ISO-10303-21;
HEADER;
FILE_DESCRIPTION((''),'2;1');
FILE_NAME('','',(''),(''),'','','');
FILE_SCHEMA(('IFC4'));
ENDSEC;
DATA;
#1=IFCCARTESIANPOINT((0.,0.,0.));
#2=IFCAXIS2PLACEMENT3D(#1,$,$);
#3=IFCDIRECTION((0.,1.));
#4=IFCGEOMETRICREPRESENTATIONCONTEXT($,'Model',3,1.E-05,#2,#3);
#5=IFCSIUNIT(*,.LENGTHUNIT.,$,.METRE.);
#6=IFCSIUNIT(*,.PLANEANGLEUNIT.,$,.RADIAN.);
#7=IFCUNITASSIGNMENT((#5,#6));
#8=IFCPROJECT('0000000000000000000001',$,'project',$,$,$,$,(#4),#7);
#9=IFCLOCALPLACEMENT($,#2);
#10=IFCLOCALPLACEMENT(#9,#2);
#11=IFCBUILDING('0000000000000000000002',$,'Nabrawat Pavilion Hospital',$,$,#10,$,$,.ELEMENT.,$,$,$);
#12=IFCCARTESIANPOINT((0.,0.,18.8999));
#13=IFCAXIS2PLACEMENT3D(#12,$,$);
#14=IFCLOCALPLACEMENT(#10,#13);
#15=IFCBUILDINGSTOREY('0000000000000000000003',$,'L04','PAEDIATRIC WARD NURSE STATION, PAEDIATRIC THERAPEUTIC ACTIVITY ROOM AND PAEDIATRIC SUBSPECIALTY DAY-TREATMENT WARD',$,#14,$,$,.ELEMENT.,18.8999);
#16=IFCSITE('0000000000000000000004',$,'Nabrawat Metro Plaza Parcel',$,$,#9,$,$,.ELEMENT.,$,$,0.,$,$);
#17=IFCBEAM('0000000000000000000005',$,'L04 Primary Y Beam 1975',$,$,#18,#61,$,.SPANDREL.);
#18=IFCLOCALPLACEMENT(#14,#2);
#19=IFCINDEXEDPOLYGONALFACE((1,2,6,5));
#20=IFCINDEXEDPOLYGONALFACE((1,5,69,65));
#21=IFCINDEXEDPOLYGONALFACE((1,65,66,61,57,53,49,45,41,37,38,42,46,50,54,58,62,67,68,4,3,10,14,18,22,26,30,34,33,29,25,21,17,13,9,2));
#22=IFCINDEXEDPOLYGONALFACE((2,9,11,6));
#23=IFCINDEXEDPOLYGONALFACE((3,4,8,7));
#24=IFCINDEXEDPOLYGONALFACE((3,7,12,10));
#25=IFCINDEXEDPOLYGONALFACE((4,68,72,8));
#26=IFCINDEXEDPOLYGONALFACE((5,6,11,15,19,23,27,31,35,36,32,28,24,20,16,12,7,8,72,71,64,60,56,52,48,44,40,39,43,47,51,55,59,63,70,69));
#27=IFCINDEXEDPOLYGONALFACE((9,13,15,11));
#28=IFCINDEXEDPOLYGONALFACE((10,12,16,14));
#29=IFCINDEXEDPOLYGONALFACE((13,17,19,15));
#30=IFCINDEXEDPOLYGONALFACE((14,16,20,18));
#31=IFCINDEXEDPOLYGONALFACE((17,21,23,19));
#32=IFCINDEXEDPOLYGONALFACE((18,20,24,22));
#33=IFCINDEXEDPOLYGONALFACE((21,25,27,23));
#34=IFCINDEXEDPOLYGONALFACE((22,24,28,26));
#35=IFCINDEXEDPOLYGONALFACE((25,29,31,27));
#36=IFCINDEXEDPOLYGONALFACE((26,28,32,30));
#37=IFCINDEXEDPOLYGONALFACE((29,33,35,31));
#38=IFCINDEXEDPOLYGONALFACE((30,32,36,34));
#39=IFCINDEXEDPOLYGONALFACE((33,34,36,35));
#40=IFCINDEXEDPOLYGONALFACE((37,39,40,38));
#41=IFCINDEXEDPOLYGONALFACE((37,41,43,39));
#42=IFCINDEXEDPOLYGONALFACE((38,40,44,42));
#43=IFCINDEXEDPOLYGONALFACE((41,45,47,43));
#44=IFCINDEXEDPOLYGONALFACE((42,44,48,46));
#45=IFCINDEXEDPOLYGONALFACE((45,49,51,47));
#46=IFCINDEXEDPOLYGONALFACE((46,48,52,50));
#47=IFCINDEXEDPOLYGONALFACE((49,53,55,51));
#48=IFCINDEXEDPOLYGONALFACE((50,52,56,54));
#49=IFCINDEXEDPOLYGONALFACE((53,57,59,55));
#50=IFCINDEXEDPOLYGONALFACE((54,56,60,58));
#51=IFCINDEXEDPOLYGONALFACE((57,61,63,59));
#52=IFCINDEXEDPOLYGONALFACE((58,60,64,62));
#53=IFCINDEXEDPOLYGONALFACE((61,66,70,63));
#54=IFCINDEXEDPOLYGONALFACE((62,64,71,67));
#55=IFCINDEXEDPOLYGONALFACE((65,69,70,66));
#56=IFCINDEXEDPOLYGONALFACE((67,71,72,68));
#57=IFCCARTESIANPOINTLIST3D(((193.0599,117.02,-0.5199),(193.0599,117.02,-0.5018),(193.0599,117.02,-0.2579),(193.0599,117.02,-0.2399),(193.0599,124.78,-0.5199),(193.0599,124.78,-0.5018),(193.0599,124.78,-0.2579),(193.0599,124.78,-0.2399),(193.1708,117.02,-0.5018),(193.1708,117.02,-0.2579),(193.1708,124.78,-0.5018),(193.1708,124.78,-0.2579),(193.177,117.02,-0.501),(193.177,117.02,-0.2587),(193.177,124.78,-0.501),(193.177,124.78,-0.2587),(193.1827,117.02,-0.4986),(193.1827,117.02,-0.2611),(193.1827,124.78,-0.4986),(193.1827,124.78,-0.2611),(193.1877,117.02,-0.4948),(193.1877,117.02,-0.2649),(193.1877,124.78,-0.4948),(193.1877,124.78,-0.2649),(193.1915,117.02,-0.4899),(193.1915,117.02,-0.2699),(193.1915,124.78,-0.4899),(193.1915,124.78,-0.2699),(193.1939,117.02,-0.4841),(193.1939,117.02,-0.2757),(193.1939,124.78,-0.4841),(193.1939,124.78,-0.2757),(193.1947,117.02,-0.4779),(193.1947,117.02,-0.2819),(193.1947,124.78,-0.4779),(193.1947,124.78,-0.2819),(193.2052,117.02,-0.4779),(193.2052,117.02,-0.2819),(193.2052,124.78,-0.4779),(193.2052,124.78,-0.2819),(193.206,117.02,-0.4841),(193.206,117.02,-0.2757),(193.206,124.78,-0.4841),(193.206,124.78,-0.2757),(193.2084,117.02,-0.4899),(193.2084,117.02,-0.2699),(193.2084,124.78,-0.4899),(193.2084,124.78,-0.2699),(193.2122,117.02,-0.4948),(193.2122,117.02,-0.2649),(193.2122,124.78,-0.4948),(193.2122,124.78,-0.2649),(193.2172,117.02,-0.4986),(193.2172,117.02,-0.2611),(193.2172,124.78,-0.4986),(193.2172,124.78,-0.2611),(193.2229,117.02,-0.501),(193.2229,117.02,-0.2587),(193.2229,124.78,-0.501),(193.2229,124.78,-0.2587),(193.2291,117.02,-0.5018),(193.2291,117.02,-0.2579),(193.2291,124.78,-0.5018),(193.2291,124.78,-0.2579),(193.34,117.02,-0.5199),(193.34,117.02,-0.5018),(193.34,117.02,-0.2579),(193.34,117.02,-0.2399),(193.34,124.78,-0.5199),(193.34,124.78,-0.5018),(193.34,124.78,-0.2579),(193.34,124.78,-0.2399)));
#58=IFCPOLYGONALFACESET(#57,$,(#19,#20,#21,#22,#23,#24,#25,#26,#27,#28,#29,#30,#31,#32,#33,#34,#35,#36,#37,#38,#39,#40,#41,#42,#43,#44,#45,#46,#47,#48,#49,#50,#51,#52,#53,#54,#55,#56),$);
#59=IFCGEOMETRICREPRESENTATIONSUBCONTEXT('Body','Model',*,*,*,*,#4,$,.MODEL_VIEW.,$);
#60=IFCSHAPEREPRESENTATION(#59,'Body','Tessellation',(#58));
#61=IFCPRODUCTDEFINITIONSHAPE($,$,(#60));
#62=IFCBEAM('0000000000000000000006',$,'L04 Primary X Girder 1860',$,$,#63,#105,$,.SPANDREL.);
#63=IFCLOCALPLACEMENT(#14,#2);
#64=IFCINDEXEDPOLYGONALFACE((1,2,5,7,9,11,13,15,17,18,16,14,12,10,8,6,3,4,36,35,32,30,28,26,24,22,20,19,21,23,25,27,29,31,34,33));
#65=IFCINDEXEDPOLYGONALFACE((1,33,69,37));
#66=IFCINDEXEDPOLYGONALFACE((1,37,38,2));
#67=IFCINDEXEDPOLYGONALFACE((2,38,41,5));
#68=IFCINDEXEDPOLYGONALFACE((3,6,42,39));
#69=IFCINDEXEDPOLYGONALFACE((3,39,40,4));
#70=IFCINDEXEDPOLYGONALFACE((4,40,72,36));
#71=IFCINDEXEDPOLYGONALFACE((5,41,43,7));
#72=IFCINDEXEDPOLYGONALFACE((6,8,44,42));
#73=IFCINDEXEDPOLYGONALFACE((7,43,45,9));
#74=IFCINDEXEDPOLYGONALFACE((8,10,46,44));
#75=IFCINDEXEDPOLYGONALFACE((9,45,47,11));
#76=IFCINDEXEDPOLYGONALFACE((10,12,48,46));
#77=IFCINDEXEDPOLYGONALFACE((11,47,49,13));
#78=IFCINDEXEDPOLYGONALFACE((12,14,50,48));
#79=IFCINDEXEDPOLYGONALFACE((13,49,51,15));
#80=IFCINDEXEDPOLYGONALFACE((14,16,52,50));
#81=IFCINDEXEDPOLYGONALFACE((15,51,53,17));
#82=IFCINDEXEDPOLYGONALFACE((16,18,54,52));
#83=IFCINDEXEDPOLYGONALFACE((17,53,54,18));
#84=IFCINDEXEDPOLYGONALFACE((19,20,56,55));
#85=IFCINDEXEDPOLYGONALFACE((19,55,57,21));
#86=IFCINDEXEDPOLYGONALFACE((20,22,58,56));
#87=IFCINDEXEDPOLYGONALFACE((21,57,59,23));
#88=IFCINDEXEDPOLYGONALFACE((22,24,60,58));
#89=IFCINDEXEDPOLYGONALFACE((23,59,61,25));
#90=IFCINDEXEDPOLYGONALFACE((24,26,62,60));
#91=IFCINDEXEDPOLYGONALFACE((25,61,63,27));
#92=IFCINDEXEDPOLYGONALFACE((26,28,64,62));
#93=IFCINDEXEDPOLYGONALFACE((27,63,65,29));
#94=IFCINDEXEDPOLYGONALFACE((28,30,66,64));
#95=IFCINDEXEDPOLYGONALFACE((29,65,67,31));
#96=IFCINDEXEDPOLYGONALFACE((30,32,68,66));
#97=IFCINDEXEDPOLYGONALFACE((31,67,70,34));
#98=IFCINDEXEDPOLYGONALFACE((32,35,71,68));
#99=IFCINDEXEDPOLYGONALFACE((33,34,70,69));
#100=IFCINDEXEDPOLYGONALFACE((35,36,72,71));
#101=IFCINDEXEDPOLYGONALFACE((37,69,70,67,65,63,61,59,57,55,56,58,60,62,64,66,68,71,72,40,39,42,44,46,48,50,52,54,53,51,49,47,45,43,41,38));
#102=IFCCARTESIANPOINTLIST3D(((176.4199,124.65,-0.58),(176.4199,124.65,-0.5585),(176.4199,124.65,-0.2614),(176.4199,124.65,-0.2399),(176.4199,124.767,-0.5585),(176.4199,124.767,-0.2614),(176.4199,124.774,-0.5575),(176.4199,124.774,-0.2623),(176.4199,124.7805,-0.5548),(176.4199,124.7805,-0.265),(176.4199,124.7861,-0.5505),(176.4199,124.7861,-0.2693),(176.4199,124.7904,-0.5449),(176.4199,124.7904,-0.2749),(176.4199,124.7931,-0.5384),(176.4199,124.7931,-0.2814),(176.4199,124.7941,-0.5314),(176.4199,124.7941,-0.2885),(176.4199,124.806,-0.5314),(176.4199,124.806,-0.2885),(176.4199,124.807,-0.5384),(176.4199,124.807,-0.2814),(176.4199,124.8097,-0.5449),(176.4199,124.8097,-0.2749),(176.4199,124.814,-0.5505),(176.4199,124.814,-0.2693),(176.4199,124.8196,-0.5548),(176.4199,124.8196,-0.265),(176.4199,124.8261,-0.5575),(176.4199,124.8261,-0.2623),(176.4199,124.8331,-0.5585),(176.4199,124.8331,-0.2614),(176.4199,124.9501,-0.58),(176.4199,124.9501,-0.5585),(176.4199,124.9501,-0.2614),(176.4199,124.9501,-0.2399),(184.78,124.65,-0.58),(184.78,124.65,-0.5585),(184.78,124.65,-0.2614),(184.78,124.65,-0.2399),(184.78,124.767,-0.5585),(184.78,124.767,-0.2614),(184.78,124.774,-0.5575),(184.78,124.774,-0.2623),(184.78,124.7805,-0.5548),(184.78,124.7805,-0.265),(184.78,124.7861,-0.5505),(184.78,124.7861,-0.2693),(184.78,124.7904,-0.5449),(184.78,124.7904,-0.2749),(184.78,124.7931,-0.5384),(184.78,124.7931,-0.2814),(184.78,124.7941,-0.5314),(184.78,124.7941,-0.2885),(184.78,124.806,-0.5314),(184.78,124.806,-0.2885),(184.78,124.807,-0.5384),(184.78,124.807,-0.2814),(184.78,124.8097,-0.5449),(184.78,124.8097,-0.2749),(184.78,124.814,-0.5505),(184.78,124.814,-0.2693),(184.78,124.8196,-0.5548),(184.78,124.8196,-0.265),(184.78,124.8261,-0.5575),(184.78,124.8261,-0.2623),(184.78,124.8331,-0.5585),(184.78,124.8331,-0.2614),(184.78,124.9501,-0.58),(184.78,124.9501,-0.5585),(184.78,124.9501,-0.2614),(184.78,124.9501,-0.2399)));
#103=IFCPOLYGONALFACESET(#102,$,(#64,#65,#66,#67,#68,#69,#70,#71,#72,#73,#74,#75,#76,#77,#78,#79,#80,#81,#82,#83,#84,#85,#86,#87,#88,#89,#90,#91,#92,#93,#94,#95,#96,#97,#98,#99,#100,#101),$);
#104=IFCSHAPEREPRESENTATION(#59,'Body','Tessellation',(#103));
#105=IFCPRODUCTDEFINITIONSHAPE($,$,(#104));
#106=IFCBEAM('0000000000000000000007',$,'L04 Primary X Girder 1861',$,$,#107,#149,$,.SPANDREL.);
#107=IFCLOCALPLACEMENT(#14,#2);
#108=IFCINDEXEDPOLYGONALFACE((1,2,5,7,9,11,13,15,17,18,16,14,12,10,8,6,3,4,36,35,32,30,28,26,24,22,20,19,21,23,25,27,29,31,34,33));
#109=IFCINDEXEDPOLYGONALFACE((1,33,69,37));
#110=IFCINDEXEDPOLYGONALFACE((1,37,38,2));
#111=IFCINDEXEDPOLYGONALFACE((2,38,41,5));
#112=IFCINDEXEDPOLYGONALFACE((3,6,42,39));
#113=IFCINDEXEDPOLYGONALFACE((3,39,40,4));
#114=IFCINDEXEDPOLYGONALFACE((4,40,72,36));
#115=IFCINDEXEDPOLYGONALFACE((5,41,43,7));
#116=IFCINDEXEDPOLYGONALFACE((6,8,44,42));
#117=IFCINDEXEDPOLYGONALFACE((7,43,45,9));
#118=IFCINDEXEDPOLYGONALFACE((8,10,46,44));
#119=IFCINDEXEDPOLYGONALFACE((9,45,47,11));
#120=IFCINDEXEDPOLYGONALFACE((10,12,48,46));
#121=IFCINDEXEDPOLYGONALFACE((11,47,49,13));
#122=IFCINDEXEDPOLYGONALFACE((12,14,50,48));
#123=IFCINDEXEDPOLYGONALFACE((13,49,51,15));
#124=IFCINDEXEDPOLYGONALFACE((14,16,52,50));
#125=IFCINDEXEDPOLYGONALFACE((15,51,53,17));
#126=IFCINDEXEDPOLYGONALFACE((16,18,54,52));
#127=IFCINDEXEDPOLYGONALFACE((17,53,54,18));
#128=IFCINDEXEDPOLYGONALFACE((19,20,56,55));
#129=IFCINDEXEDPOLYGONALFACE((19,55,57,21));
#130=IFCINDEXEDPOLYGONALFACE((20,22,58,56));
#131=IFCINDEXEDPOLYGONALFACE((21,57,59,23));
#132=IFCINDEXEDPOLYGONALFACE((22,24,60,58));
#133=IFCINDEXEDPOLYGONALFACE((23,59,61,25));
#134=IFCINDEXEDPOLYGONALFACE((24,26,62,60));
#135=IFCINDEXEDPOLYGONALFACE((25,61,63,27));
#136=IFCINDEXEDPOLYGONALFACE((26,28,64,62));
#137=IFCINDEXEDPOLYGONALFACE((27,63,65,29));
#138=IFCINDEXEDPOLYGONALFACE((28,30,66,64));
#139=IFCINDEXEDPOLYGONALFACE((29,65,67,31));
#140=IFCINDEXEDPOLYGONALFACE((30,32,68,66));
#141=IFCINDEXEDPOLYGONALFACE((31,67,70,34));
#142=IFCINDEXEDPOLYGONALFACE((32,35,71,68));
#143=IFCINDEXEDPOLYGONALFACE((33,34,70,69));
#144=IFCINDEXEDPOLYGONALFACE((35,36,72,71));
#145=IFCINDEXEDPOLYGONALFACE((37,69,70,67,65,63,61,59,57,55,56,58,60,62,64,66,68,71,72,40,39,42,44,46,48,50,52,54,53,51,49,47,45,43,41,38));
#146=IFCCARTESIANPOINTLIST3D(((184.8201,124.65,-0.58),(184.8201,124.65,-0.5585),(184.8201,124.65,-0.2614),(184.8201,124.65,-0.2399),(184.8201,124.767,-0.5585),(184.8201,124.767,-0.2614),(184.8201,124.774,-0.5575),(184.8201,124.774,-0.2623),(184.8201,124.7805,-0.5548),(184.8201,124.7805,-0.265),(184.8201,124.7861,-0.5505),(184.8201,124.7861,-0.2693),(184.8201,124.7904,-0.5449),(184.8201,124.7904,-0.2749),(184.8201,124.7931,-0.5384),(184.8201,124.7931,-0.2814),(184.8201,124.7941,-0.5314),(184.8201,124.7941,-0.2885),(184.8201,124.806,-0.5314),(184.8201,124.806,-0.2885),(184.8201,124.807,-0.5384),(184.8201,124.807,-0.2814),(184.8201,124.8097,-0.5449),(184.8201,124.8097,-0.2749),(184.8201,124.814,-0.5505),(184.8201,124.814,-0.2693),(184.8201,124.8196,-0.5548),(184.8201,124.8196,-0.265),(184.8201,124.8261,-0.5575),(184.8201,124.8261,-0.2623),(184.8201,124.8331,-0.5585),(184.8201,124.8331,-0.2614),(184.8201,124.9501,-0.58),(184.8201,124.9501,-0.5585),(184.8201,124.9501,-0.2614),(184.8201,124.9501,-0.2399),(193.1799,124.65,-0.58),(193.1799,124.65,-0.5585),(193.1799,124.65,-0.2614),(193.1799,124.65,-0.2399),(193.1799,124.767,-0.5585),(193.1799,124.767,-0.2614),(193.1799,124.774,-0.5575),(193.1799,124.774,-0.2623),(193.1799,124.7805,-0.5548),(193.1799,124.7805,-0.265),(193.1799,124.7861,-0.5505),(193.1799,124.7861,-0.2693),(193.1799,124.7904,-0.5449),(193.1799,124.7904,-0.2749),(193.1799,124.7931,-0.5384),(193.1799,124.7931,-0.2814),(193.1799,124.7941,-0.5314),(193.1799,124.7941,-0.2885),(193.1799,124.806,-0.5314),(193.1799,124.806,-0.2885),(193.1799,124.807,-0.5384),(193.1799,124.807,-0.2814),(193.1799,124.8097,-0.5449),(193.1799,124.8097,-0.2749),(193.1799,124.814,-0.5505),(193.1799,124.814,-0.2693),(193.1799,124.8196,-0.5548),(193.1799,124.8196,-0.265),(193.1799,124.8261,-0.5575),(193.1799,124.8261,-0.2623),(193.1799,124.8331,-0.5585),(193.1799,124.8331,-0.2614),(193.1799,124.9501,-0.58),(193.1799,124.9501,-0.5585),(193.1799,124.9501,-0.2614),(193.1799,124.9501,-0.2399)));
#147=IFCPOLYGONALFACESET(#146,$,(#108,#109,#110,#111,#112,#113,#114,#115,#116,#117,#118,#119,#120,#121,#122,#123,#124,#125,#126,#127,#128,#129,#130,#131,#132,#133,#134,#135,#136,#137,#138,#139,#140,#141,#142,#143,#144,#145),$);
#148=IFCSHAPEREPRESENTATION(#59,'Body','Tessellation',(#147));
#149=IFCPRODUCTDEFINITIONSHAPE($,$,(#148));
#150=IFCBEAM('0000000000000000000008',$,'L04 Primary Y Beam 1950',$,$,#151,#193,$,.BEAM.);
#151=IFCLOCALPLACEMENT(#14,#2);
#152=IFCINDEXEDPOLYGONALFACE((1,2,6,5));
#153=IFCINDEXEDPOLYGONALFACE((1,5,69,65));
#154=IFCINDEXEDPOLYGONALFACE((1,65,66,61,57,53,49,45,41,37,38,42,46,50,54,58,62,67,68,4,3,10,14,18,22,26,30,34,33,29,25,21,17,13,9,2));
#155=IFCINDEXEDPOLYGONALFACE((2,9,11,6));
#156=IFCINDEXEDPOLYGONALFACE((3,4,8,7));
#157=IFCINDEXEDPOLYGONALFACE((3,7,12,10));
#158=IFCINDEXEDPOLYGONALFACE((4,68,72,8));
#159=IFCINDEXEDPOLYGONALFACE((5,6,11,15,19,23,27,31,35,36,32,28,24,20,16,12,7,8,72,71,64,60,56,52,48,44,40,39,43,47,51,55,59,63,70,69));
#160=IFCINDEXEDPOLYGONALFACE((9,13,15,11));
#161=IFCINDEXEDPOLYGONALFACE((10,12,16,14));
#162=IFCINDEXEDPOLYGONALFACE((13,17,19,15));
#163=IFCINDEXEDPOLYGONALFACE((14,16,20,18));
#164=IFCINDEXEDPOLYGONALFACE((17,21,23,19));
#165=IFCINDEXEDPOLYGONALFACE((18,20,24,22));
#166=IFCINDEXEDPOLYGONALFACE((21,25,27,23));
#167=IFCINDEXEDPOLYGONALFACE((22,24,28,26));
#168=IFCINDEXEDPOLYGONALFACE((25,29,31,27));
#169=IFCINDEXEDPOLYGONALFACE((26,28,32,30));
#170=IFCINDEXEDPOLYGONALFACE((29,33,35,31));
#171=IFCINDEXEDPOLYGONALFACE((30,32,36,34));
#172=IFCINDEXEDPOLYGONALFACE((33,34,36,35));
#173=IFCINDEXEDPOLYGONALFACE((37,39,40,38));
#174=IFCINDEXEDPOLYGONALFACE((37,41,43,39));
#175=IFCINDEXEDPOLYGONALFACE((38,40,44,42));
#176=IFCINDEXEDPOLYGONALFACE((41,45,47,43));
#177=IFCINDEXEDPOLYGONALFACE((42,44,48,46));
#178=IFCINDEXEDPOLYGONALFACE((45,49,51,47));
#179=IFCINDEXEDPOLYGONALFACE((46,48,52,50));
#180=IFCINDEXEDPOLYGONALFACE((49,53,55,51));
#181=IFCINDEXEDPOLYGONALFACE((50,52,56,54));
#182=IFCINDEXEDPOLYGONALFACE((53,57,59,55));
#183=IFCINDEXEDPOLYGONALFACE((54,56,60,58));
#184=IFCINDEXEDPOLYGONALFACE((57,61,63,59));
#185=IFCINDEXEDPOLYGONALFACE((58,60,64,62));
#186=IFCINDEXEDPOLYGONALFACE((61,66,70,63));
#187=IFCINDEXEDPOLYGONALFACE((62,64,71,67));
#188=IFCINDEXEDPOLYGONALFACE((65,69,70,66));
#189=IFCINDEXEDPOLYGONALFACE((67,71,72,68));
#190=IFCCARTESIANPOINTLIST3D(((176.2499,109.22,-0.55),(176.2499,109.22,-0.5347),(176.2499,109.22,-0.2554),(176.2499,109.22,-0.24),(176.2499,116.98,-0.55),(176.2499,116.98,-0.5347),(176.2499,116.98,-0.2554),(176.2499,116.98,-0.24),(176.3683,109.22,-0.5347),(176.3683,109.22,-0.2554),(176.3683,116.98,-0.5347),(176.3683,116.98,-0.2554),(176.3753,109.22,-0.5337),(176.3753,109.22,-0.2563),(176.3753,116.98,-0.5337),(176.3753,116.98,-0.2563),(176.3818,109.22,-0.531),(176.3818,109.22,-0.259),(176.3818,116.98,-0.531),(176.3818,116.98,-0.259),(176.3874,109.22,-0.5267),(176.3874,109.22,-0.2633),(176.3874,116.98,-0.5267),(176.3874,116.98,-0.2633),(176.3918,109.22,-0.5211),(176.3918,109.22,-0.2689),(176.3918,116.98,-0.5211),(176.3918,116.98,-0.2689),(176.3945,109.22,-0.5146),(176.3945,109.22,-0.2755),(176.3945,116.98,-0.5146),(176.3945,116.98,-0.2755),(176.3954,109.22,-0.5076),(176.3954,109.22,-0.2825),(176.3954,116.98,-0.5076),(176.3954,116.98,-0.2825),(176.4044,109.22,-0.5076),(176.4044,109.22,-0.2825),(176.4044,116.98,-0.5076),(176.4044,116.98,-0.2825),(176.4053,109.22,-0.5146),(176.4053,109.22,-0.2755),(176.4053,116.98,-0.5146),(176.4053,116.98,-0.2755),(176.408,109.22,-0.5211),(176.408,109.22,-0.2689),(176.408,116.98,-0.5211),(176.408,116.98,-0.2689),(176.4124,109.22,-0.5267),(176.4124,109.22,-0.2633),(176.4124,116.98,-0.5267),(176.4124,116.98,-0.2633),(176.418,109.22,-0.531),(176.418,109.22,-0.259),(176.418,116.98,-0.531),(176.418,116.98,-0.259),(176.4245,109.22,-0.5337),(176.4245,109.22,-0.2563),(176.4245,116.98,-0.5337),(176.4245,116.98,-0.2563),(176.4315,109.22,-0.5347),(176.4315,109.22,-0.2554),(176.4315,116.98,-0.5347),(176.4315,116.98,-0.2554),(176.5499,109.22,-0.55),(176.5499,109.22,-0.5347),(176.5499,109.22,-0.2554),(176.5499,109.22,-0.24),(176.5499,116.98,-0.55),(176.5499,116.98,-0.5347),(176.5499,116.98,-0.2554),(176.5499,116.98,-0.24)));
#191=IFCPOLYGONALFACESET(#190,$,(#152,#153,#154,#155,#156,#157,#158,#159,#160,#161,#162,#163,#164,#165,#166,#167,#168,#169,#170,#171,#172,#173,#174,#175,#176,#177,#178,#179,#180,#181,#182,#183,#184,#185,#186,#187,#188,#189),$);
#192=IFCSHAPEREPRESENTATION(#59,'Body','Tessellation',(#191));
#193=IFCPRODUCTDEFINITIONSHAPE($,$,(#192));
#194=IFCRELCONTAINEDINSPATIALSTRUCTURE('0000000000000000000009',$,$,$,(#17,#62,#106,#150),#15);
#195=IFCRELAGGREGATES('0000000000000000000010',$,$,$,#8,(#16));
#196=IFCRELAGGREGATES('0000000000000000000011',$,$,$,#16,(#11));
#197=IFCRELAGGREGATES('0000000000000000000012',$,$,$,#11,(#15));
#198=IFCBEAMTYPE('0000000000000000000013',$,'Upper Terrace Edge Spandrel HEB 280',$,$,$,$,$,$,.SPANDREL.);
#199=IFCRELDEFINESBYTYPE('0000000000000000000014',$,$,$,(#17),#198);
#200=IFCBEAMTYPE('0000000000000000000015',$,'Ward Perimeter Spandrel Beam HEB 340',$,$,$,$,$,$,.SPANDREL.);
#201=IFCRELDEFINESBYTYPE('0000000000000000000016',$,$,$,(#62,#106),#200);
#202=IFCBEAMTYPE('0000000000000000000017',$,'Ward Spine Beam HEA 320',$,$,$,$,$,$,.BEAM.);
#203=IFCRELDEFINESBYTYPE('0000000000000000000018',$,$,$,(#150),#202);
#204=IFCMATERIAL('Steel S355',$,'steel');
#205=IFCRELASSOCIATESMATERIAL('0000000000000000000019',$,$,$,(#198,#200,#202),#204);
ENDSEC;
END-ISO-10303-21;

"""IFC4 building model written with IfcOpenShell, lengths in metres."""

from ifc_helpers import new_model, si_unit, direction, frame, origin, origin_2d, place, context, subcontext, project, spatial, i_section, extrude, material, material_profile, profile_set, type_object, element, save


model = new_model("IFC4")

# Units and contexts
model_context = context("Model", 3, precision=1e-05, world=origin(), true_north=direction((0.0, 1.0)))
body_context = subcontext(model_context, "Body", "Model", "MODEL_VIEW")
ifc_project = project(units=[si_unit("LENGTHUNIT", "METRE"), si_unit("PLANEANGLEUNIT", "RADIAN")], contexts=[model_context])

# Site, building, storey
site_placement = place(None, origin())
site = spatial("IfcSite", under=ifc_project, at=site_placement, Name="Nabrawat Metro Plaza Parcel", CompositionType="ELEMENT", RefElevation=0.0)
building_placement = place(site_placement, origin())
building = spatial("IfcBuilding", under=site, at=building_placement, Name="Nabrawat Pavilion Hospital", CompositionType="ELEMENT")
storey_placement = place(building_placement, frame((0.0, 0.0, 18.8999)))
storey = spatial("IfcBuildingStorey", under=building, at=storey_placement, Name="L04", Description="PAEDIATRIC WARD NURSE STATION, PAEDIATRIC THERAPEUTIC ACTIVITY ROOM AND PAEDIATRIC SUBSPECIALTY DAY-TREATMENT WARD", CompositionType="ELEMENT", Elevation=18.8999)

# Shared definitions
ifc_material_1 = material(Name="Steel S355", Category="steel")

# Beams
ifc_material_profile_1 = material_profile(ifc_material_1, i_section(OverallWidth=0.28, OverallDepth=0.28, WebThickness=0.0105, FlangeThickness=0.0181, FilletRadius=0.0239, at=origin_2d()), Name="HEB 280")
ifc_profile_set_1 = profile_set([ifc_material_profile_1], Name="Steel S355")
beam_type_1 = type_object("IfcBeamType", Name="Upper Terrace Edge Spandrel HEB 280", PredefinedType="SPANDREL", material=ifc_profile_set_1)
for number, where, z_axis, x_axis, name in (
    (1, (193.2, 117.02, -0.3799), (0.0, 1.0, 0.0), (-1.0, 0.0, 0.0), "L04 Primary Y Beam 1975"),
):
    element("IfcBeam", number, at=place(storey_placement, frame(where, z_axis=z_axis, x_axis=x_axis)), inside=storey, type_object=beam_type_1, Name=name, PredefinedType="SPANDREL", context=body_context, shape_type="SweptSolid", body=[
        extrude(i_section(OverallWidth=0.28, OverallDepth=0.28, WebThickness=0.0105, FlangeThickness=0.0181, FilletRadius=0.0239, at=origin_2d()), origin(), (0.0, 0.0, 1.0), 7.76),
    ])
ifc_material_profile_2 = material_profile(ifc_material_1, i_section(OverallWidth=0.3, OverallDepth=0.3401, WebThickness=0.012, FlangeThickness=0.0215, FilletRadius=0.0271, at=origin_2d()), Name="HEB 340")
ifc_profile_set_2 = profile_set([ifc_material_profile_2], Name="Steel S355")
beam_type_2 = type_object("IfcBeamType", Name="Ward Perimeter Spandrel Beam HEB 340", PredefinedType="SPANDREL", material=ifc_profile_set_2)
beam_1_placement = place(storey_placement, frame((176.4199, 124.8, -0.4099), z_axis=(1.0, 0.0, 0.0), x_axis=(0.0, 1.0, 0.0)))
element("IfcBeam", 2, at=beam_1_placement, inside=storey, type_object=beam_type_2, Name="L04 Primary X Girder 1860", PredefinedType="SPANDREL", context=body_context, shape_type="SweptSolid", body=[
    extrude(i_section(OverallWidth=0.3, OverallDepth=0.3401, WebThickness=0.012, FlangeThickness=0.0215, FilletRadius=0.0271, at=origin_2d()), origin(), (0.0, 0.0, 1.0), 8.3601),
])
beam_2_placement = place(storey_placement, frame((184.8201, 124.8, -0.4099), z_axis=(1.0, 0.0, 0.0), x_axis=(0.0, 1.0, 0.0)))
element("IfcBeam", 3, at=beam_2_placement, inside=storey, type_object=beam_type_2, Name="L04 Primary X Girder 1861", PredefinedType="SPANDREL", context=body_context, shape_type="SweptSolid", body=[
    extrude(i_section(OverallWidth=0.3, OverallDepth=0.3401, WebThickness=0.012, FlangeThickness=0.0215, FilletRadius=0.0271, at=origin_2d()), origin(), (0.0, 0.0, 1.0), 8.3599),
])
ifc_material_profile_3 = material_profile(ifc_material_1, i_section(OverallWidth=0.3, OverallDepth=0.3101, WebThickness=0.009, FlangeThickness=0.0154, FilletRadius=0.0271, at=origin_2d()), Name="HEA 320")
ifc_profile_set_3 = profile_set([ifc_material_profile_3], Name="Steel S355")
beam_type_3 = type_object("IfcBeamType", Name="Ward Spine Beam HEA 320", PredefinedType="BEAM", material=ifc_profile_set_3)
for number, where, z_axis, x_axis, name in (
    (4, (176.3999, 109.22, -0.395), (0.0, 1.0, 0.0), (-1.0, 0.0, 0.0), "L04 Primary Y Beam 1950"),
):
    element("IfcBeam", number, at=place(storey_placement, frame(where, z_axis=z_axis, x_axis=x_axis)), inside=storey, type_object=beam_type_3, Name=name, PredefinedType="BEAM", context=body_context, shape_type="SweptSolid", body=[
        extrude(i_section(OverallWidth=0.3, OverallDepth=0.3101, WebThickness=0.009, FlangeThickness=0.0154, FilletRadius=0.0271, at=origin_2d()), origin(), (0.0, 0.0, 1.0), 7.76),
    ])

save(model, "model.ifc")
